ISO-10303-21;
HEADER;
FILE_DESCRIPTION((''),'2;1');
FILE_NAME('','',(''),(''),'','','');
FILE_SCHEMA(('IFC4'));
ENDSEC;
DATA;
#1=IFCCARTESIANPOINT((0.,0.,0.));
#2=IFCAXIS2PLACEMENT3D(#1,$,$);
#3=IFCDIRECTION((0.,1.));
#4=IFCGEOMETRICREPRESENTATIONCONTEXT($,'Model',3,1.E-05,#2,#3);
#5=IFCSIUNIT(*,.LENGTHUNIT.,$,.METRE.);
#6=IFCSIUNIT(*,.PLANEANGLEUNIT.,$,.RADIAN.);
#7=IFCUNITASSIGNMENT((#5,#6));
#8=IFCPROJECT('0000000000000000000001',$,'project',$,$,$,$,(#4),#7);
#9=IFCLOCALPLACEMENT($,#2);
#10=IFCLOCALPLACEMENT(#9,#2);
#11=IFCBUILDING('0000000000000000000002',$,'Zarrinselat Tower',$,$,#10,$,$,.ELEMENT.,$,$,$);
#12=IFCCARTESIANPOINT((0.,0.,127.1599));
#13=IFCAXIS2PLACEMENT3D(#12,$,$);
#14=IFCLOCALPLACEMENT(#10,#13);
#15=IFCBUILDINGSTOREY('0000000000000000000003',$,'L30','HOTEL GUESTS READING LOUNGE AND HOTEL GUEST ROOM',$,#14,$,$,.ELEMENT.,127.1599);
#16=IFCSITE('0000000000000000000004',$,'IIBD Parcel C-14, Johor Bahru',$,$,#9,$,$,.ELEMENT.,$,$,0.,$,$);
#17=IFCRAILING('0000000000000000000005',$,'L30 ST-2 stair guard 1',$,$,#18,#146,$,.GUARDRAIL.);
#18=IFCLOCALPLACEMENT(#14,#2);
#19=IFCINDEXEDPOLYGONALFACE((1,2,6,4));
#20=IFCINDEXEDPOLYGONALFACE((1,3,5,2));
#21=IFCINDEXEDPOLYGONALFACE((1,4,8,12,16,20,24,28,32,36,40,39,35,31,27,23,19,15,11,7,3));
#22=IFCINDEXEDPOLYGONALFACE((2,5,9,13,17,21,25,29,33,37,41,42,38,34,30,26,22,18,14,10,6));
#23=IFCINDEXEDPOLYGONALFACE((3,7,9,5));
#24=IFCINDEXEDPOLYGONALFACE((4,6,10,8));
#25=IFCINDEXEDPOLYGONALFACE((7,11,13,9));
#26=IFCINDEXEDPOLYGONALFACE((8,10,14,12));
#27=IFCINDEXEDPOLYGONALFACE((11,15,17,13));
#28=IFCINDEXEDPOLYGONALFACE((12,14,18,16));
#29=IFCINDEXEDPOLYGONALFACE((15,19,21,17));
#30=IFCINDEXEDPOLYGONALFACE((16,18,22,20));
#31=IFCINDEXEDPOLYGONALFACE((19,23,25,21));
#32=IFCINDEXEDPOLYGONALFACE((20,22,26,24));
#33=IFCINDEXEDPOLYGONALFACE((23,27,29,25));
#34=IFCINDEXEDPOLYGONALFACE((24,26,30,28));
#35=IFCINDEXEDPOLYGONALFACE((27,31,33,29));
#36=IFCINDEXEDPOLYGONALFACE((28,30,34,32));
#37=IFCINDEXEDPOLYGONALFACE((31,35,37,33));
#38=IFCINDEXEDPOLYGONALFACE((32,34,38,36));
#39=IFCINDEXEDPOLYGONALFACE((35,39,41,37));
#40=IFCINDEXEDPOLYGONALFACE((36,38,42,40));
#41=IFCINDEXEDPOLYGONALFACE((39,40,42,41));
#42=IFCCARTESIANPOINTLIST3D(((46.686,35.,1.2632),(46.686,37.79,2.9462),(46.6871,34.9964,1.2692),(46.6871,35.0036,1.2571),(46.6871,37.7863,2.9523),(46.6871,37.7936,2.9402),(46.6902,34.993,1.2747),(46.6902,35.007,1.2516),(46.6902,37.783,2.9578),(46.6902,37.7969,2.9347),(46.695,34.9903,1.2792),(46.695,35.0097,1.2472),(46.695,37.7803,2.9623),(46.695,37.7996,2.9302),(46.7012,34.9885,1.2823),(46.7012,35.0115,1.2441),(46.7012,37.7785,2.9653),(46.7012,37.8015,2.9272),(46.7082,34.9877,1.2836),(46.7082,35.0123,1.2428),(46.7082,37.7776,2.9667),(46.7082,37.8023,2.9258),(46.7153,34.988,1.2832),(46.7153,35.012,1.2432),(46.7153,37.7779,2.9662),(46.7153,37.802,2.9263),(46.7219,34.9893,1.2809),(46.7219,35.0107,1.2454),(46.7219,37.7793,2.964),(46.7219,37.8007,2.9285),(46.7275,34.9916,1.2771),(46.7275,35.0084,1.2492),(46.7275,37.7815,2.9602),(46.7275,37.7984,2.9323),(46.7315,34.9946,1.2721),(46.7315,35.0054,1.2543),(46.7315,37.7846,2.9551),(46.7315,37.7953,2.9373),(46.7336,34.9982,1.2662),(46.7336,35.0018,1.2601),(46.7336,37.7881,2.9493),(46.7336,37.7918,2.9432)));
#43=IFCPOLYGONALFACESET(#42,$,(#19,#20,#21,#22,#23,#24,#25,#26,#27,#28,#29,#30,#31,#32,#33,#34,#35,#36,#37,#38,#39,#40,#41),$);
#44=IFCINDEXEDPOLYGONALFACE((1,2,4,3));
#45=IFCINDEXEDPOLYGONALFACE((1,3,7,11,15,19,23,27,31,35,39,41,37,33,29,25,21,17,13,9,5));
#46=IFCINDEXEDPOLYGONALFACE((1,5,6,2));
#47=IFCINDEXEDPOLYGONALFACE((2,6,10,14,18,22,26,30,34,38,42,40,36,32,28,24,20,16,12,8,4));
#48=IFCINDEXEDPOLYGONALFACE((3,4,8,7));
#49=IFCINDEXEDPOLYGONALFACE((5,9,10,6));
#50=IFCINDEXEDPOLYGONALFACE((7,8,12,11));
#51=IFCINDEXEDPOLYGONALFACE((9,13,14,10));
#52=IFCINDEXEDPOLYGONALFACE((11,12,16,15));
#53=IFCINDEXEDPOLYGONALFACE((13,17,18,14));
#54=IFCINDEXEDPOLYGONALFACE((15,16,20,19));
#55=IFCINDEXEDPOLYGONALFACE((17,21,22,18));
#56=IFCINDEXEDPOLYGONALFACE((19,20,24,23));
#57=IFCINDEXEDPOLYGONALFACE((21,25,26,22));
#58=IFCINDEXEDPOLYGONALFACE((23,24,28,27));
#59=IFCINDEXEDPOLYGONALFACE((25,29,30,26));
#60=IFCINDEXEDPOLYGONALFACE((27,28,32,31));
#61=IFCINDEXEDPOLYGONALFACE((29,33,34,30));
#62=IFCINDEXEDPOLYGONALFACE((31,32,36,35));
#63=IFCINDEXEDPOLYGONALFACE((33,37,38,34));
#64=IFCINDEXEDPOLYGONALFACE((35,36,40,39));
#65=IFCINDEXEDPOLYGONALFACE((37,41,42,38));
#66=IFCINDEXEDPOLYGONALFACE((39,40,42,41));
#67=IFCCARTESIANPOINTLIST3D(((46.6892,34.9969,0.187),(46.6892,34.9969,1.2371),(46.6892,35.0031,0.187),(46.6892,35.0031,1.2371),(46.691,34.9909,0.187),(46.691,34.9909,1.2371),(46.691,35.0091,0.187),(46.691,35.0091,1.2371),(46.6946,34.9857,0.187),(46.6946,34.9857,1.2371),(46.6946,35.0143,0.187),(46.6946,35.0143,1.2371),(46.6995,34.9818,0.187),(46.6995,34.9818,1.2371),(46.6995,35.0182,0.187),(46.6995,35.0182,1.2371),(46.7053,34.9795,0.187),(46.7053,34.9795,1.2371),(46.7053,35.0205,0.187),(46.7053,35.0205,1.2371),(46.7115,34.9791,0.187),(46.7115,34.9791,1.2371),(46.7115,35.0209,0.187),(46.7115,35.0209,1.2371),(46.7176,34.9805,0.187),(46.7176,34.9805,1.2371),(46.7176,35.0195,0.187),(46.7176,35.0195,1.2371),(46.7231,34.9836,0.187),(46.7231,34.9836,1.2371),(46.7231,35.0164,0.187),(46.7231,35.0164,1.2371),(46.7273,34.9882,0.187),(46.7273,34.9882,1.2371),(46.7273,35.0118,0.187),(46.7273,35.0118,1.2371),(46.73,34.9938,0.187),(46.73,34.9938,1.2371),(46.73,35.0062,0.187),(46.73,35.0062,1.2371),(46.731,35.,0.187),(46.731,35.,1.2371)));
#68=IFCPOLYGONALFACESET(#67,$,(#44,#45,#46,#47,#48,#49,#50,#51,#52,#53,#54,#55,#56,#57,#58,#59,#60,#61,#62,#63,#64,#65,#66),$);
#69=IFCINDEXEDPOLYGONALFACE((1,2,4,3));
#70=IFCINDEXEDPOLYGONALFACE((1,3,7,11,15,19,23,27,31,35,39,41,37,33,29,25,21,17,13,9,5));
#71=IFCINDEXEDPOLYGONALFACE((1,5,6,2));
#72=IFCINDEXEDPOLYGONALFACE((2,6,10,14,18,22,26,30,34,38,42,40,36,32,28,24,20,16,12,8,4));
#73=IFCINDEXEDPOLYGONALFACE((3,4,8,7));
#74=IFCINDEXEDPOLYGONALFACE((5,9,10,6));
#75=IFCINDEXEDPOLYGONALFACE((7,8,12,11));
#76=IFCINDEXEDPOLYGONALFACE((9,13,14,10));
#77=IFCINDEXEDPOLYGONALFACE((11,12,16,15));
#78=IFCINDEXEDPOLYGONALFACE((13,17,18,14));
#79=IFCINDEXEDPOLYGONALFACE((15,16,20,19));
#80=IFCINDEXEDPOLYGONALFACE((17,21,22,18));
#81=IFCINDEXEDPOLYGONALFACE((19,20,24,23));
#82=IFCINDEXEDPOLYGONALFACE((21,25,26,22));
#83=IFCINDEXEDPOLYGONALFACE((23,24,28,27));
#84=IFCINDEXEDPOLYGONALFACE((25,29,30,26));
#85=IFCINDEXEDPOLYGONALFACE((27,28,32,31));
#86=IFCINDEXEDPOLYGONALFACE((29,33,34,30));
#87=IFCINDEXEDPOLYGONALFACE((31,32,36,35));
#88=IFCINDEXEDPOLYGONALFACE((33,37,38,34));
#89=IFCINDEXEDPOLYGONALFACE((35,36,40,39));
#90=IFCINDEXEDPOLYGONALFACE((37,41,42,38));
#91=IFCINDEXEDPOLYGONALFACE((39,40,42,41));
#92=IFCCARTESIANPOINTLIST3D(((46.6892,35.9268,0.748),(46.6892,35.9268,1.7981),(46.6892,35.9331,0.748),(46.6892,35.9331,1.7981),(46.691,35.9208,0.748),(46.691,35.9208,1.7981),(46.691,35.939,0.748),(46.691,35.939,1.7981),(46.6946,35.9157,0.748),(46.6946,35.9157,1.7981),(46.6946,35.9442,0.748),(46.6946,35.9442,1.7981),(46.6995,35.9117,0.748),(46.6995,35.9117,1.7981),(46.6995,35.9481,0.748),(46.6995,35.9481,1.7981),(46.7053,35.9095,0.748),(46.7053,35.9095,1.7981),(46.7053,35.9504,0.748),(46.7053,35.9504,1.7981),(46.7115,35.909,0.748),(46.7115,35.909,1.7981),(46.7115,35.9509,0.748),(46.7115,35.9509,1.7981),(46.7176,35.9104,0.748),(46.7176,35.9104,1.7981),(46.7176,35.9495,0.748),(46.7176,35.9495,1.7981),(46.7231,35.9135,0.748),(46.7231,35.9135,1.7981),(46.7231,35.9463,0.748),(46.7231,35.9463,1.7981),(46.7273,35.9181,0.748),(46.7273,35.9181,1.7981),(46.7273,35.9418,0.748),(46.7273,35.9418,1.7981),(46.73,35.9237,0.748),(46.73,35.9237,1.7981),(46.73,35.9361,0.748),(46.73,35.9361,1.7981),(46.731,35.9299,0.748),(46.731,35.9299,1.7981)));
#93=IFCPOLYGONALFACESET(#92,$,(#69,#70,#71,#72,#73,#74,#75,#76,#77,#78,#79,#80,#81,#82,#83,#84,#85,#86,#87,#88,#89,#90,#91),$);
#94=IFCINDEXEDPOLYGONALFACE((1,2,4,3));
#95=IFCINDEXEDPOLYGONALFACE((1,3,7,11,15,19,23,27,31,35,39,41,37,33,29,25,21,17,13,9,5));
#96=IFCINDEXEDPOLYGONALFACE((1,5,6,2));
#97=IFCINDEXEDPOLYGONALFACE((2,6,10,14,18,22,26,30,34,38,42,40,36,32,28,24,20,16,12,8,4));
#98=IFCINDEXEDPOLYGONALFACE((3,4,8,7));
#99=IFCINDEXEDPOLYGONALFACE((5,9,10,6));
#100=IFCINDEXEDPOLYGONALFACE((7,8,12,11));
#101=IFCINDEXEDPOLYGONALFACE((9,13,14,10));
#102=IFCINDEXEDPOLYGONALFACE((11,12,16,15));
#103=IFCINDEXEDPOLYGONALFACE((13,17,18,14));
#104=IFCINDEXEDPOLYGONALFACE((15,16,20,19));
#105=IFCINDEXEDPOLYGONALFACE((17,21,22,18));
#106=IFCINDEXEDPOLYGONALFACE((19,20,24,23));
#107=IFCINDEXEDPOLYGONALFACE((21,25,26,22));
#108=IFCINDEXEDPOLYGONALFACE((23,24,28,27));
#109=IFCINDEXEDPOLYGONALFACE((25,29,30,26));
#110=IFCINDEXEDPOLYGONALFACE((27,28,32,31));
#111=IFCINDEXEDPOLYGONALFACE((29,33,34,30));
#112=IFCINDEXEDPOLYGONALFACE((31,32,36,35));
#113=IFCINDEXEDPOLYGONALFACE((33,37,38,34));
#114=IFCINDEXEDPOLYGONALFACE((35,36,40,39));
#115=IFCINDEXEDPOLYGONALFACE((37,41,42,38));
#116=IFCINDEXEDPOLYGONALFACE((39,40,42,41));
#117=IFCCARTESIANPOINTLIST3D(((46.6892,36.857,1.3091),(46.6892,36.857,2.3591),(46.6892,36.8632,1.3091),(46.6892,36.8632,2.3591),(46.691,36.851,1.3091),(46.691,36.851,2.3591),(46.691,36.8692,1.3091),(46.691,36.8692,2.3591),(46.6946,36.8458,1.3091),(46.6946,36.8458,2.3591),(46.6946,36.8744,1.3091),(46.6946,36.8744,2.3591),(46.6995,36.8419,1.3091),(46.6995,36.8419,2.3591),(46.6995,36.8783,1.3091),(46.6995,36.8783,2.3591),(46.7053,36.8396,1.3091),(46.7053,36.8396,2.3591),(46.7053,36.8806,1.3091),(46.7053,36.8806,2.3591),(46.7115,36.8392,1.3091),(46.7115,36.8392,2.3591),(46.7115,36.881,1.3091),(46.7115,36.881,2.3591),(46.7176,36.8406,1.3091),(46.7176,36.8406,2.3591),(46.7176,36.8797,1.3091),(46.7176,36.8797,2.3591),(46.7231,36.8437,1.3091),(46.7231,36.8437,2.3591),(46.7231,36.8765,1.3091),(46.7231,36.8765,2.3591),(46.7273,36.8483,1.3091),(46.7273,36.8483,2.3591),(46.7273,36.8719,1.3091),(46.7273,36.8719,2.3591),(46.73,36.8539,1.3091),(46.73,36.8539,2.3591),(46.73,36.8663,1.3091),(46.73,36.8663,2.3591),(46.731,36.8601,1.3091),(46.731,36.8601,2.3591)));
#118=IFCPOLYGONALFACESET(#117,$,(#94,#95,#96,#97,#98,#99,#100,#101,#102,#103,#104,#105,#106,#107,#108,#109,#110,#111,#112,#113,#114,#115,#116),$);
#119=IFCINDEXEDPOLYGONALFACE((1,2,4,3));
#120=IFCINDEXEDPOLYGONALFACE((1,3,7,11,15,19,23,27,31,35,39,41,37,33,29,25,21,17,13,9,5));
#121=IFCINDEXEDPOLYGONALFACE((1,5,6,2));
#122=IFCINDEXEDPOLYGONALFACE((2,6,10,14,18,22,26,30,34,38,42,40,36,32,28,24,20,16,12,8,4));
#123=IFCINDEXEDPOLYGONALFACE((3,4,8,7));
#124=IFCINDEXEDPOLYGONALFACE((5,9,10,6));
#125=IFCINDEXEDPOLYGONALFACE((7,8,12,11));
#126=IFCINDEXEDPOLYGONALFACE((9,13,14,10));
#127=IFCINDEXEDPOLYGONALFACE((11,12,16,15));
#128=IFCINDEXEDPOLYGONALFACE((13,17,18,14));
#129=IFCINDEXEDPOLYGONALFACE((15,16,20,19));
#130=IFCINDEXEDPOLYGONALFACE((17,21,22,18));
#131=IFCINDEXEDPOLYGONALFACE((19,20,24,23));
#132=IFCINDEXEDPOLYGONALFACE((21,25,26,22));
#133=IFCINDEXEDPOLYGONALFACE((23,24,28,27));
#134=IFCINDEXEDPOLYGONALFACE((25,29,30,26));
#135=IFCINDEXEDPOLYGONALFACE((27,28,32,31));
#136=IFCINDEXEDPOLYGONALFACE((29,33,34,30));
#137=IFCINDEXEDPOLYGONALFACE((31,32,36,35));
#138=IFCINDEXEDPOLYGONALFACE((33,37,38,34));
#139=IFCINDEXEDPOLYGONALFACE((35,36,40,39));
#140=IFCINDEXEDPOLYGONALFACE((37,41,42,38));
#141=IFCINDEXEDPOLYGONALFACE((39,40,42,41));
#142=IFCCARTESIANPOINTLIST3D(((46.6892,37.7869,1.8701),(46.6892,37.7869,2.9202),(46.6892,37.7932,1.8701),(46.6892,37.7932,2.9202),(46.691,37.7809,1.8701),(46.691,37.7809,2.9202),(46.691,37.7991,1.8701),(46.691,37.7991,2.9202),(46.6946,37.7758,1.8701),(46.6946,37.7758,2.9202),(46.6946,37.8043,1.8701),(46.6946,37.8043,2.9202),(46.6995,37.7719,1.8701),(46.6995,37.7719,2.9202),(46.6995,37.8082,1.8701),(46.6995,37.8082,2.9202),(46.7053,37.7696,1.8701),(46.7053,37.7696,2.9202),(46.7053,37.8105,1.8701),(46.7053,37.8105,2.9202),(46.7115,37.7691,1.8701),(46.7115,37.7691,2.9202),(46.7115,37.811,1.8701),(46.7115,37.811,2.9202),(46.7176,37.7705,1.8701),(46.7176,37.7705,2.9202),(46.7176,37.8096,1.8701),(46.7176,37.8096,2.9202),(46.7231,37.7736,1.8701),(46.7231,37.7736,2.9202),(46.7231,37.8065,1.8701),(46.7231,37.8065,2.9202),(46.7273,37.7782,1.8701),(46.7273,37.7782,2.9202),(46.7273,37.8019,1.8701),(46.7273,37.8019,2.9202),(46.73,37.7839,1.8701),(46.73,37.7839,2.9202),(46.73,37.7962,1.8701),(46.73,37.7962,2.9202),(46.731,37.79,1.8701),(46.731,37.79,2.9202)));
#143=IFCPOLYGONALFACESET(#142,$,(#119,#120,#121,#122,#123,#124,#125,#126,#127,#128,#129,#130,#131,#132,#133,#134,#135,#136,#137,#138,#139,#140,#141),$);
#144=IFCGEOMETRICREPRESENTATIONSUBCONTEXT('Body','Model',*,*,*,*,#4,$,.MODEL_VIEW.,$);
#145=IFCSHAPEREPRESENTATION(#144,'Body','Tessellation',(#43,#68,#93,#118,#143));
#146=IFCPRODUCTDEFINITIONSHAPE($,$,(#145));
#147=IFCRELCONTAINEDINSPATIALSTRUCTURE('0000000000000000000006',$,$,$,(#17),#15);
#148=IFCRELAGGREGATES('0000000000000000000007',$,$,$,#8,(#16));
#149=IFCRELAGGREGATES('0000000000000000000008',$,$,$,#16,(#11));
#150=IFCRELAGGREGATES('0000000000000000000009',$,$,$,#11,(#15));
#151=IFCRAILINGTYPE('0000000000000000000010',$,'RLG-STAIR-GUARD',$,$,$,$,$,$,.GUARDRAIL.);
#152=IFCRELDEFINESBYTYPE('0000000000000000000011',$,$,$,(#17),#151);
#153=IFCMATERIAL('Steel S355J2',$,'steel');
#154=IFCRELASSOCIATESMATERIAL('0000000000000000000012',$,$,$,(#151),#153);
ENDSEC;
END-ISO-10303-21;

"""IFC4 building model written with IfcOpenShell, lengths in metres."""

from ifc_helpers import new_model, si_unit, direction, frame, origin, origin_2d, place, context, subcontext, project, spatial, circle, extrude, material, type_object, element, save


model = new_model("IFC4")

# Units and contexts
model_context = context("Model", 3, precision=1e-05, world=origin(), true_north=direction((0.0, 1.0)))
body_context = subcontext(model_context, "Body", "Model", "MODEL_VIEW")
ifc_project = project(units=[si_unit("LENGTHUNIT", "METRE"), si_unit("PLANEANGLEUNIT", "RADIAN")], contexts=[model_context])

# Site, building, storey
site_placement = place(None, origin())
site = spatial("IfcSite", under=ifc_project, at=site_placement, Name="IIBD Parcel C-14, Johor Bahru", CompositionType="ELEMENT", RefElevation=0.0)
building_placement = place(site_placement, origin())
building = spatial("IfcBuilding", under=site, at=building_placement, Name="Zarrinselat Tower", CompositionType="ELEMENT")
storey_placement = place(building_placement, frame((0.0, 0.0, 127.1599)))
storey = spatial("IfcBuildingStorey", under=building, at=storey_placement, Name="L30", Description="HOTEL GUESTS READING LOUNGE AND HOTEL GUEST ROOM", CompositionType="ELEMENT", Elevation=127.1599)

# Railing
ifc_material_1 = material(Name="Steel S355J2", Category="steel")
railing_type_1 = type_object("IfcRailingType", Name="RLG-STAIR-GUARD", PredefinedType="GUARDRAIL", material=ifc_material_1)
railing_1_placement = place(storey_placement, frame((46.71, 35.0, 0.187)))
element("IfcRailing", 1, at=railing_1_placement, inside=storey, type_object=railing_type_1, Name="L30 ST-2 stair guard 1", PredefinedType="GUARDRAIL", context=body_context, shape_type="SweptSolid", body=[
    extrude(circle(Radius=0.0239, at=origin_2d()), frame((0.0, 0.0, 1.0762), z_axis=(0.0, 0.856261, 0.516544), x_axis=(-1.0, 0.0, 0.0)), (0.0, 0.0, 1.0), 3.2583),
    extrude(circle(Radius=0.021, at=origin_2d()), origin(), (0.0, 0.0, 1.0), 1.05),
    extrude(circle(Radius=0.021, at=origin_2d()), frame((0.0, 0.9299, 0.561)), (0.0, 0.0, 1.0), 1.05),
    extrude(circle(Radius=0.021, at=origin_2d()), frame((0.0, 1.8601, 1.1221)), (0.0, 0.0, 1.0), 1.05),
    extrude(circle(Radius=0.021, at=origin_2d()), frame((0.0, 2.79, 1.6831)), (0.0, 0.0, 1.0), 1.05),
])

save(model, "model.ifc")
